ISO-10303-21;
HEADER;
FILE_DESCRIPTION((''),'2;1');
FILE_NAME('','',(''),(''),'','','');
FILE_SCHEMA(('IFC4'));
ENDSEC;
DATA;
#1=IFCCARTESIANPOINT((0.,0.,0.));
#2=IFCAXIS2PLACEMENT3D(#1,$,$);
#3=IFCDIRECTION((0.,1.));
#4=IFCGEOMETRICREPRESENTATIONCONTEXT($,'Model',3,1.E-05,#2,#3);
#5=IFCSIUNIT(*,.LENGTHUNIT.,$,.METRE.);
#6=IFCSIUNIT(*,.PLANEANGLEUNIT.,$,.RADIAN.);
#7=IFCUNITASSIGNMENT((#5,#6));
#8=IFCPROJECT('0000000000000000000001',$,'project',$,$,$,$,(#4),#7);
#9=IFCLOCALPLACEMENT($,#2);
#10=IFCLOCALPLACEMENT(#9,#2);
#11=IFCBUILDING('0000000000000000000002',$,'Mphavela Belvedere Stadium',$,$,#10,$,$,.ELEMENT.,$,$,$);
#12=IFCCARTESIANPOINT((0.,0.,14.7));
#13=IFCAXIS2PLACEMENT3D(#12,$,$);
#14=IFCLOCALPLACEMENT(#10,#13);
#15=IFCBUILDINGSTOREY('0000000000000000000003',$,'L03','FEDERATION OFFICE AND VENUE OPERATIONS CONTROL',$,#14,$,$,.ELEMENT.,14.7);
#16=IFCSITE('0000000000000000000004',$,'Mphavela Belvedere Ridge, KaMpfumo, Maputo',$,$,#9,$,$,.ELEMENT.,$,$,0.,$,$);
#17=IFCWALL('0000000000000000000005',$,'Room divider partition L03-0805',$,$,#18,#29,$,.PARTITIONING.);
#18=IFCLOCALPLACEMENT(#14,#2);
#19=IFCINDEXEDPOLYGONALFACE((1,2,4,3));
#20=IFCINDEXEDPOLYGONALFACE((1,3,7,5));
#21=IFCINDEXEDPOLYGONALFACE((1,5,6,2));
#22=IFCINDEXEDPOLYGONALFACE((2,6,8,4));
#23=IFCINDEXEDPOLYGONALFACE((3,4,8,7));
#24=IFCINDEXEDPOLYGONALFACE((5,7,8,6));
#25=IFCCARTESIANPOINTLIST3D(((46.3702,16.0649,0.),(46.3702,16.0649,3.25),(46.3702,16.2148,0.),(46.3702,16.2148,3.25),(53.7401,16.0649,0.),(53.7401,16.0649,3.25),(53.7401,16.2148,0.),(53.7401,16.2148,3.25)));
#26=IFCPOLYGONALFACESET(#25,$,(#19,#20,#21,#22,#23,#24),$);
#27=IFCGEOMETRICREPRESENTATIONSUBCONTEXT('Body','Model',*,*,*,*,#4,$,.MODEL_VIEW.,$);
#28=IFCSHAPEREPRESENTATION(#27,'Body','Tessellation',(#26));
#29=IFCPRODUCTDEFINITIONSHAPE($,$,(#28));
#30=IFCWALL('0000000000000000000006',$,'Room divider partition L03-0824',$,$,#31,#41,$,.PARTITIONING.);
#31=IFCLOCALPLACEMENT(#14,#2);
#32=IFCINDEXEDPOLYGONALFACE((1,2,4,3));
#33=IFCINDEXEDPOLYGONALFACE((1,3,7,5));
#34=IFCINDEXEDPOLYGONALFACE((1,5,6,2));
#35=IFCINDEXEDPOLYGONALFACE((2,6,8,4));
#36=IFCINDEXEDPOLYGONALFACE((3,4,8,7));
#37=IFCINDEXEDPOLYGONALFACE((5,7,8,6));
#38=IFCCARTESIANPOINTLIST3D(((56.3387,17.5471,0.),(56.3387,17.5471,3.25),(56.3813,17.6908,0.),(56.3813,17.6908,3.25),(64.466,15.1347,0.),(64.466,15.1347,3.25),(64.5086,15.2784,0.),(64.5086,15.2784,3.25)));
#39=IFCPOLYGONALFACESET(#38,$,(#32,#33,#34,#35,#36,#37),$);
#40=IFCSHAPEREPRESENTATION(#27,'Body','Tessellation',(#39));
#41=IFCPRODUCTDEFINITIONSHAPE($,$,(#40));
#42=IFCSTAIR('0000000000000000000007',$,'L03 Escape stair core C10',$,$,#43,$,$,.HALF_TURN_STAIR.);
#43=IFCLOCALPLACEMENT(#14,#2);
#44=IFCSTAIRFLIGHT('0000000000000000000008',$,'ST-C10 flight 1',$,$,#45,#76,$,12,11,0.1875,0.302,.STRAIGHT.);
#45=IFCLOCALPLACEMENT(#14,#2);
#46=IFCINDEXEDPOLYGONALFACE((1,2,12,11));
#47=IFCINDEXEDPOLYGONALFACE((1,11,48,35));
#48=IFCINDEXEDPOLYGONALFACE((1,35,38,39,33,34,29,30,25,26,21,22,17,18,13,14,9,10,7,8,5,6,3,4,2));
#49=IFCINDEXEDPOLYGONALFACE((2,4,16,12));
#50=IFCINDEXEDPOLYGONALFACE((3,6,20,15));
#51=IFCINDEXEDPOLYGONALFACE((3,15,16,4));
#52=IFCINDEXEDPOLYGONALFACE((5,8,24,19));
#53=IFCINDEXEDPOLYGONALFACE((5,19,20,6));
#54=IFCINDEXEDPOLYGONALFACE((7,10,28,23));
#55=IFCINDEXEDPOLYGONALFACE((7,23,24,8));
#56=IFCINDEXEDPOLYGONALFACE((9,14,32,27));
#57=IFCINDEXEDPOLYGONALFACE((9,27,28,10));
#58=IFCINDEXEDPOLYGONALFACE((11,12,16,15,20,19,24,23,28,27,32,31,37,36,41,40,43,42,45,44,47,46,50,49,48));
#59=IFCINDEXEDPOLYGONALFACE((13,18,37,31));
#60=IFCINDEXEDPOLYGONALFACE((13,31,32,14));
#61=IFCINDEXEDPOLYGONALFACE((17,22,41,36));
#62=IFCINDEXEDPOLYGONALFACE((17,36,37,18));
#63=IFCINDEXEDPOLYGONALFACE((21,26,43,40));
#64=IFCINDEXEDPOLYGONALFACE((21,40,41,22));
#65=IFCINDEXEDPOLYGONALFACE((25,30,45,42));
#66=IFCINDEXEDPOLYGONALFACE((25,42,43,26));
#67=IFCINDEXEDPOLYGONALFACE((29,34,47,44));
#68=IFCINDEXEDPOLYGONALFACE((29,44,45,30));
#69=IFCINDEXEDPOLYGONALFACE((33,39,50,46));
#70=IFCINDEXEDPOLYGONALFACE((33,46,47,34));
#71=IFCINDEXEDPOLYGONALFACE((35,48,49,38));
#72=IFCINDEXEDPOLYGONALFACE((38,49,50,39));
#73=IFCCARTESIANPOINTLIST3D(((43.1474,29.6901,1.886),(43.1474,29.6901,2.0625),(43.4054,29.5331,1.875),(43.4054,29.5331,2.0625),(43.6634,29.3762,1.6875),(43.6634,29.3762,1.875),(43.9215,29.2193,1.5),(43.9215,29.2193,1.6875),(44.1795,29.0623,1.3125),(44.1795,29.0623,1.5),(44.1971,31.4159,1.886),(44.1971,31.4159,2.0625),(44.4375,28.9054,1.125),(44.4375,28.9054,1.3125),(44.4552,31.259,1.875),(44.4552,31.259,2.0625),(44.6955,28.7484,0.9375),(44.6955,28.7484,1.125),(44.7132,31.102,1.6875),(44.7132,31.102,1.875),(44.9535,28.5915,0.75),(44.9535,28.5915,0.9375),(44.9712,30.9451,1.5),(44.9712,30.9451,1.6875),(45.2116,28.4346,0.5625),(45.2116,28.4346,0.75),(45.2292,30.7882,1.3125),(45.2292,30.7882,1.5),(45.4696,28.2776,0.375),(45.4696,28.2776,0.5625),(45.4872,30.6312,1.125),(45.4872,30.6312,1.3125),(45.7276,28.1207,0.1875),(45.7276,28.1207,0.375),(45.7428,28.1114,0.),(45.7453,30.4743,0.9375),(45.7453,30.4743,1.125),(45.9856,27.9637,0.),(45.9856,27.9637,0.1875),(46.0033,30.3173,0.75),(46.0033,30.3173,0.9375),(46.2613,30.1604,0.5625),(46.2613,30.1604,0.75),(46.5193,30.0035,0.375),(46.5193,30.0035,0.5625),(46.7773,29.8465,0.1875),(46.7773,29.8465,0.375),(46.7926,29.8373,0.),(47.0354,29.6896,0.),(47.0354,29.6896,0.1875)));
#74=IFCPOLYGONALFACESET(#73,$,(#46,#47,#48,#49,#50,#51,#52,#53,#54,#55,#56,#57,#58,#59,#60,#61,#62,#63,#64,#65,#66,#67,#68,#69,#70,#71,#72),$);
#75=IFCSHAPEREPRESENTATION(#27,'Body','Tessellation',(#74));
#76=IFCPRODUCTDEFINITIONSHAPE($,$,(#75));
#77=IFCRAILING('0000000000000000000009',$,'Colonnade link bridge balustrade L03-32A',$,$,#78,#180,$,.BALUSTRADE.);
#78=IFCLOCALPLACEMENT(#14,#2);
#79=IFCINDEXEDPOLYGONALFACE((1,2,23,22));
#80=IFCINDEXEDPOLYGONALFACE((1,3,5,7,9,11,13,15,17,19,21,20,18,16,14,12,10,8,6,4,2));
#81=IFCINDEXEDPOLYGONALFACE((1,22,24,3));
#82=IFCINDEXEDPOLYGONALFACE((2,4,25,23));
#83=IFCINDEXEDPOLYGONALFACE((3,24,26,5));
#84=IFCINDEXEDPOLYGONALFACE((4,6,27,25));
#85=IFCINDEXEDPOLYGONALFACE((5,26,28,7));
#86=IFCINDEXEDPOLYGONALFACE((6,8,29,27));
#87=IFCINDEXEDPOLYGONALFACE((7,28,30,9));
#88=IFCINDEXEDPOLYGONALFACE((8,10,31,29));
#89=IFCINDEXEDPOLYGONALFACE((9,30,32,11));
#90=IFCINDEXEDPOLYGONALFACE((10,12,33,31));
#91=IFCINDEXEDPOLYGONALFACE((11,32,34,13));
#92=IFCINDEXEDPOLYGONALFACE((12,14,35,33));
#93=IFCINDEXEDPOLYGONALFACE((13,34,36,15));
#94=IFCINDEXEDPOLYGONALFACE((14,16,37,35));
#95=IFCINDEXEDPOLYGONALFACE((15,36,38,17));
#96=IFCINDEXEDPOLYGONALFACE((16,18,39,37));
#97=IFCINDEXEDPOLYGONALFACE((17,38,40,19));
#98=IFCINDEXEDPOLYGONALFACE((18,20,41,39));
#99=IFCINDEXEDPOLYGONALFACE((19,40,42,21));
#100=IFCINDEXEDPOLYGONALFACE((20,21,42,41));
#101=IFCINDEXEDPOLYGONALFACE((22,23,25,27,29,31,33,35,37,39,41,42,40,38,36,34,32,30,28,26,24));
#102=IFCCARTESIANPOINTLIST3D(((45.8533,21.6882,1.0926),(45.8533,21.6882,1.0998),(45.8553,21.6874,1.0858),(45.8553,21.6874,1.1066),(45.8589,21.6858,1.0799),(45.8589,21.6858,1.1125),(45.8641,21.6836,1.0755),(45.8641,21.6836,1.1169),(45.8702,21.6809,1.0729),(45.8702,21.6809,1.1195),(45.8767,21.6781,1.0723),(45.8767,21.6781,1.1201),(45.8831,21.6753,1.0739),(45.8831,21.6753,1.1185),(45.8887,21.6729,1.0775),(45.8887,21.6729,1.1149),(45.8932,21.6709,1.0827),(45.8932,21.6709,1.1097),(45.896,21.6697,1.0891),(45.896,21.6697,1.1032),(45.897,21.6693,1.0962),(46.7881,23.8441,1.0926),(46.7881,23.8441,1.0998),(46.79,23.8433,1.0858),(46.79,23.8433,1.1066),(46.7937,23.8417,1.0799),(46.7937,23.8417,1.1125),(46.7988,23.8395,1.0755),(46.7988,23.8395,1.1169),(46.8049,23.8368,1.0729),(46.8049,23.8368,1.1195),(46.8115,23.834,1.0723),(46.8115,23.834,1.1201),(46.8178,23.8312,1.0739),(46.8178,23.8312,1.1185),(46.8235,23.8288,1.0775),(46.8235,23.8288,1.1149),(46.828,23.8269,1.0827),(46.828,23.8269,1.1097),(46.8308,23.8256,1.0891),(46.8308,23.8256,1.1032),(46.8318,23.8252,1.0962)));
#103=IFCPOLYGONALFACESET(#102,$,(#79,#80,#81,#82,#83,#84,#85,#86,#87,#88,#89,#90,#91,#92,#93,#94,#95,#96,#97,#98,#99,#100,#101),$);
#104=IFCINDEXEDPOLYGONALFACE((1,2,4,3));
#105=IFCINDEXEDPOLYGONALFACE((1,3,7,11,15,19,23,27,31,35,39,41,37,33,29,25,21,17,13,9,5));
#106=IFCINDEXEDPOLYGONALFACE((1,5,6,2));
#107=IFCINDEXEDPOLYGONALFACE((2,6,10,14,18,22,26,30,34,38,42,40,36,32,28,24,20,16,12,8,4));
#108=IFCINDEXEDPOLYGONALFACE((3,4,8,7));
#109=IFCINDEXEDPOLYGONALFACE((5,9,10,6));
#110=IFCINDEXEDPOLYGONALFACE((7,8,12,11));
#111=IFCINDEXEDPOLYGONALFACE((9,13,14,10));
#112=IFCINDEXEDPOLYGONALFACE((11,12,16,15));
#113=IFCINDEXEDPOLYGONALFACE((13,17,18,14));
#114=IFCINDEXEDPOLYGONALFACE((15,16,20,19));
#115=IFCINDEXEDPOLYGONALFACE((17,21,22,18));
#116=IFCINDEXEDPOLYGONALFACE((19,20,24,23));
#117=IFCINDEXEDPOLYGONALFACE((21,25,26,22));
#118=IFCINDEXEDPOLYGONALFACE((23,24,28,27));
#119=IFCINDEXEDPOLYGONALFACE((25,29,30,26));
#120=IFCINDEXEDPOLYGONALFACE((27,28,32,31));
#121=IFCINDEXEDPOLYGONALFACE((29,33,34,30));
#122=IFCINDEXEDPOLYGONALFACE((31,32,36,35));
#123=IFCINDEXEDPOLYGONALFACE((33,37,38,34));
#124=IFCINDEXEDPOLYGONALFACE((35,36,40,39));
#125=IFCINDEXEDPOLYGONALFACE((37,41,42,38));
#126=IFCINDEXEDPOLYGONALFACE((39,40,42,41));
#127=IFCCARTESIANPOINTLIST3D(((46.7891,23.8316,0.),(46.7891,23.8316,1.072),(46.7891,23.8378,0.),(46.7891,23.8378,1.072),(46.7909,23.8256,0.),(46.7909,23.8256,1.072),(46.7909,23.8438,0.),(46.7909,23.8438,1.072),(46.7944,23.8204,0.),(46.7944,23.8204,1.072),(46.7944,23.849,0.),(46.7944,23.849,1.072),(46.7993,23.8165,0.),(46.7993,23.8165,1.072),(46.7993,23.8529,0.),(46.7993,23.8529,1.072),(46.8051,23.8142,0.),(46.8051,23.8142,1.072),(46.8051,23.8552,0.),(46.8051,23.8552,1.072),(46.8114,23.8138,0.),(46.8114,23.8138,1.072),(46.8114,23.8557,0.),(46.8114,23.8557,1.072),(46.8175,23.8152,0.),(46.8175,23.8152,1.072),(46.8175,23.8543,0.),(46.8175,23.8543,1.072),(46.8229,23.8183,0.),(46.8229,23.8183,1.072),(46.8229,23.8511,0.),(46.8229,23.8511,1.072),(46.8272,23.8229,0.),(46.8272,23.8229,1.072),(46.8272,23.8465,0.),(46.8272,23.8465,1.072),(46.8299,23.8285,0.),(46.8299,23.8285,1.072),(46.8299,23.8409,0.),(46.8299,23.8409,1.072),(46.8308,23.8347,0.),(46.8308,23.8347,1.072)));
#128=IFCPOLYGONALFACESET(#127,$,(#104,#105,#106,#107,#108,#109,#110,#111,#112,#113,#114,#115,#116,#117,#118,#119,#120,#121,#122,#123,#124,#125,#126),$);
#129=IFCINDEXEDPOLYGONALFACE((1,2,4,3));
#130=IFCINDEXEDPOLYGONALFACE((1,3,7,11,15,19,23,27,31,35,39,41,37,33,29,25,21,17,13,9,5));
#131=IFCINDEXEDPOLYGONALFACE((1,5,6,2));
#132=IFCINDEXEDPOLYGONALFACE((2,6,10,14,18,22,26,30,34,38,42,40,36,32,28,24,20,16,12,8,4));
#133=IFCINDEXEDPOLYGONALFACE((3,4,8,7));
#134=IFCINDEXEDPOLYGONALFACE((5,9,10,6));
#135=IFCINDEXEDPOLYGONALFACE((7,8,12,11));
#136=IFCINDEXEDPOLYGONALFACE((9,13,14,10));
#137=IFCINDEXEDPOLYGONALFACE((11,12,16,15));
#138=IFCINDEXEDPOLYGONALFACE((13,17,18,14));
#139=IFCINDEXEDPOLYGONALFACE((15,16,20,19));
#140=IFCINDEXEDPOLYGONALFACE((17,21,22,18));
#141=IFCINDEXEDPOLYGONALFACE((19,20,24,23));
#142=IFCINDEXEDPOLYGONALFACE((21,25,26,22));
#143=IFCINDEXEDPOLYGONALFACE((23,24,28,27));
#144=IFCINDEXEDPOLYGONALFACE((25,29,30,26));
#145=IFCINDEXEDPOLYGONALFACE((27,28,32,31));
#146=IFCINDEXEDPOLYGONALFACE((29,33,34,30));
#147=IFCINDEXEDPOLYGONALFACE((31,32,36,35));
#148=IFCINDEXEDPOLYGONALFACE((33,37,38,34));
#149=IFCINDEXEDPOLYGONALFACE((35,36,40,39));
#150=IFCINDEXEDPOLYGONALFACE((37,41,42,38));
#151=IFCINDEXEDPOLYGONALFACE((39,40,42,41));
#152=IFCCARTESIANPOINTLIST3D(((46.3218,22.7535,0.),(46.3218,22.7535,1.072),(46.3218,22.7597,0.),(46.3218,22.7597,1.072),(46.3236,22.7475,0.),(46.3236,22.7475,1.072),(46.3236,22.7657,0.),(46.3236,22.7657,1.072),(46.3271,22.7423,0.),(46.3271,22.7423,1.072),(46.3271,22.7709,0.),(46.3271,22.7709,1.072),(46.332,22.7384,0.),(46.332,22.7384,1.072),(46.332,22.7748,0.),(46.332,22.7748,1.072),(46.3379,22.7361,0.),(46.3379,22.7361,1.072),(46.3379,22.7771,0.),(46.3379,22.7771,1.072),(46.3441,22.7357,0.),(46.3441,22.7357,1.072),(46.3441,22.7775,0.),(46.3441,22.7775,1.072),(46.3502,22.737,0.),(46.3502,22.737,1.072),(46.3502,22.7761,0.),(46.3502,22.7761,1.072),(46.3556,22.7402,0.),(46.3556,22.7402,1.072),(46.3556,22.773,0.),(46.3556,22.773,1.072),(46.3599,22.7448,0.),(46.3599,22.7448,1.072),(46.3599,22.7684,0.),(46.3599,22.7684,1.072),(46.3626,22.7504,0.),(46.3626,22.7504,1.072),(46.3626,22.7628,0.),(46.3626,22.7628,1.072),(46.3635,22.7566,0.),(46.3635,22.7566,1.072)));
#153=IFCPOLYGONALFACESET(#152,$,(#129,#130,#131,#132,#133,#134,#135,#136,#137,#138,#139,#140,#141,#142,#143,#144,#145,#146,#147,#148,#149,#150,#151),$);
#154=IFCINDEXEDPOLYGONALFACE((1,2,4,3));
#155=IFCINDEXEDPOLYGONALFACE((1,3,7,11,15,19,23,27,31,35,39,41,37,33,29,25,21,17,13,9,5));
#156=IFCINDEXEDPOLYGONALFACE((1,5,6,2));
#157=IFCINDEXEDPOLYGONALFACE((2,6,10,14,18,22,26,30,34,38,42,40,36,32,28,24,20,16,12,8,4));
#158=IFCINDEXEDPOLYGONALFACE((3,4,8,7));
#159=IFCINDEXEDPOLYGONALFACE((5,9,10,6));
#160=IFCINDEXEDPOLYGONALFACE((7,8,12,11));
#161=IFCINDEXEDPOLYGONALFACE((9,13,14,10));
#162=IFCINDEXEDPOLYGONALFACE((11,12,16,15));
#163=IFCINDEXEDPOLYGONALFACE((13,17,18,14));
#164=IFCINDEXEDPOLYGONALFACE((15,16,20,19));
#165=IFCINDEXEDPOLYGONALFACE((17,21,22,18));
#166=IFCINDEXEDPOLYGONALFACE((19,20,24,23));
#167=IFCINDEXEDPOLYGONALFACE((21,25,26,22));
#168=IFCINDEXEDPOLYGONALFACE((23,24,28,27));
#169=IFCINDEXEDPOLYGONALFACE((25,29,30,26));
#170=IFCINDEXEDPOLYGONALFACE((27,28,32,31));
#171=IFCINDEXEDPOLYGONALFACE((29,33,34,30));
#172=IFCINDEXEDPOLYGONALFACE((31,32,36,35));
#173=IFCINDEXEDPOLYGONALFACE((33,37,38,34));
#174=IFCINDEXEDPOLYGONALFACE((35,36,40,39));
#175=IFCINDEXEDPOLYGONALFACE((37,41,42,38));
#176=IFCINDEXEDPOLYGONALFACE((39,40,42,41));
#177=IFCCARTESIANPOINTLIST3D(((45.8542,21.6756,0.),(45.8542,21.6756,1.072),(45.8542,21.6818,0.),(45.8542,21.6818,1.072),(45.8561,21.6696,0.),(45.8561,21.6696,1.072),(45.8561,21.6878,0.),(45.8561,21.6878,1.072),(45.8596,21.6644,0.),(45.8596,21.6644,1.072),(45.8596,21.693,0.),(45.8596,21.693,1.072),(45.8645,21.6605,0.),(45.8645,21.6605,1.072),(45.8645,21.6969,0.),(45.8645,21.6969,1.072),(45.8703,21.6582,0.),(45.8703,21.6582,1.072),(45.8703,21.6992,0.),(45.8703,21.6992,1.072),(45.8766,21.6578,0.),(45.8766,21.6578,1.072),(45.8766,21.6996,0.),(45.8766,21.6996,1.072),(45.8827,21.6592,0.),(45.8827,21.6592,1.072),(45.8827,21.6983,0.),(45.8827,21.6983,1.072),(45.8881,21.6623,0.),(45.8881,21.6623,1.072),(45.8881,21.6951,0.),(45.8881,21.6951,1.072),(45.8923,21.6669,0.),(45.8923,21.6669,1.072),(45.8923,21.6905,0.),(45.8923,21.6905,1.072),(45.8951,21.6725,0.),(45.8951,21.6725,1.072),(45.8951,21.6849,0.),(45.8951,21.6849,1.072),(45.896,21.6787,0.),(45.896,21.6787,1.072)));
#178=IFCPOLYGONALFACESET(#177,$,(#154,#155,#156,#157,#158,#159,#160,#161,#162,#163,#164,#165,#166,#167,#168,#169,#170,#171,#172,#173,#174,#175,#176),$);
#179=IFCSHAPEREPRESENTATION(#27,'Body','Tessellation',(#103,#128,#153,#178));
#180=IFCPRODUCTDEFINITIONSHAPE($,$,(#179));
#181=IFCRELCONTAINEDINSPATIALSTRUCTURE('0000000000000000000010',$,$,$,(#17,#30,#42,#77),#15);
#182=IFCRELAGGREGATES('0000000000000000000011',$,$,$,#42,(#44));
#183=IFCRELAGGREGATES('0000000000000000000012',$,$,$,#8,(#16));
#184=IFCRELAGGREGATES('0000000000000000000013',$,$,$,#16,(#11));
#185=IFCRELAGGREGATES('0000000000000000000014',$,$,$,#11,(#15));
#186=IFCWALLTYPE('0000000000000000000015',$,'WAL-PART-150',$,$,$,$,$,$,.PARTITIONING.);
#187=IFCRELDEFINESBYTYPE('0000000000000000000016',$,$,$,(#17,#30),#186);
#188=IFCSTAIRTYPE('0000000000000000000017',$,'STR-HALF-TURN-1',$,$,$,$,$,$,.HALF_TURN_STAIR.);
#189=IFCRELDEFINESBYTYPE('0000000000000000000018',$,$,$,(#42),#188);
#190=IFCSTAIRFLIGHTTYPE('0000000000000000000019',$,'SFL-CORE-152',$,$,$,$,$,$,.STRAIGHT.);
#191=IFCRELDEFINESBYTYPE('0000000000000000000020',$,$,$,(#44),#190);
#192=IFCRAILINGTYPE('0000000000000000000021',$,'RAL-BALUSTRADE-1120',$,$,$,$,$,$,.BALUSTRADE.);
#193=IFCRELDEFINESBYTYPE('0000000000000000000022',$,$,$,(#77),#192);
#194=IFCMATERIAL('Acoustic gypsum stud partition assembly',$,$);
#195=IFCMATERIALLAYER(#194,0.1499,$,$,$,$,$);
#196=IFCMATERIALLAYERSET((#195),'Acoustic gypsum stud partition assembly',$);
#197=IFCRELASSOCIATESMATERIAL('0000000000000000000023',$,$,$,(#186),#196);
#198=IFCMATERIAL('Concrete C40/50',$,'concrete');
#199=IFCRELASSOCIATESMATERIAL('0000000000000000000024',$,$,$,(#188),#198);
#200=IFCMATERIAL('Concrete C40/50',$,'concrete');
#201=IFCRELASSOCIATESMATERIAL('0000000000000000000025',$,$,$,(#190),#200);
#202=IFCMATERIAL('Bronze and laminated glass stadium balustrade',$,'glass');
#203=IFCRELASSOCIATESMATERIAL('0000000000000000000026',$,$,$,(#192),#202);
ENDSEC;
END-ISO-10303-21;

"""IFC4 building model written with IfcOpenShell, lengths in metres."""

from ifc_helpers import new_model, si_unit, direction, frame, frame_2d, origin, origin_2d, place, context, subcontext, project, spatial, polyline, rectangle, circle, outline, extrude, material, layer, layer_set, type_object, element, aggregate, save


model = new_model("IFC4")

# Units and contexts
model_context = context("Model", 3, precision=1e-05, world=origin(), true_north=direction((0.0, 1.0)))
body_context = subcontext(model_context, "Body", "Model", "MODEL_VIEW")
ifc_project = project(units=[si_unit("LENGTHUNIT", "METRE"), si_unit("PLANEANGLEUNIT", "RADIAN")], contexts=[model_context])

# Site, building, storey
site_placement = place(None, origin())
site = spatial("IfcSite", under=ifc_project, at=site_placement, Name="Mphavela Belvedere Ridge, KaMpfumo, Maputo", CompositionType="ELEMENT", RefElevation=0.0)
building_placement = place(site_placement, origin())
building = spatial("IfcBuilding", under=site, at=building_placement, Name="Mphavela Belvedere Stadium", CompositionType="ELEMENT")
storey_placement = place(building_placement, frame((0.0, 0.0, 14.7)))
storey = spatial("IfcBuildingStorey", under=building, at=storey_placement, Name="L03", Description="FEDERATION OFFICE AND VENUE OPERATIONS CONTROL", CompositionType="ELEMENT", Elevation=14.7)

# Walls
ifc_material_1 = material(Name="Acoustic gypsum stud partition assembly")
ifc_layer_1 = layer(ifc_material_1, 0.1499)
ifc_layer_set_1 = layer_set([ifc_layer_1], Name="Acoustic gypsum stud partition assembly")
wall_type_1 = type_object("IfcWallType", Name="WAL-PART-150", PredefinedType="PARTITIONING", material=ifc_layer_set_1)
wall_1_placement = place(storey_placement, frame((46.3701, 16.1399, 0.0), z_axis=(0.0, 0.0, 1.0), x_axis=(1.0, 0.0, 0.0)))
element("IfcWall", 1, at=wall_1_placement, inside=storey, type_object=wall_type_1, Name="Room divider partition L03-0805", PredefinedType="PARTITIONING", context=body_context, shape_type="SweptSolid", body=[
    extrude(rectangle(XDim=7.3699, YDim=0.1499, at=frame_2d((3.6851, 0.0))), origin(), (0.0, 0.0, 1.0), 3.25),
])
wall_2_placement = place(storey_placement, frame((56.3601, 17.6189, 0.0), z_axis=(0.0, 0.0, 1.0), x_axis=(0.95866, -0.284554, 0.0)))
element("IfcWall", 2, at=wall_2_placement, inside=storey, type_object=wall_type_1, Name="Room divider partition L03-0824", PredefinedType="PARTITIONING", context=body_context, shape_type="SweptSolid", body=[
    extrude(rectangle(XDim=8.4778, YDim=0.1499, at=frame_2d((4.2388, 0.0))), origin(), (0.0, 0.0, 1.0), 3.25),
])

# Stair, stair flight
ifc_material_2 = material(Name="Concrete C40/50", Category="concrete")
stair_type = type_object("IfcStairType", Name="STR-HALF-TURN-1", PredefinedType="HALF_TURN_STAIR", material=ifc_material_2)
stair_placement = place(storey_placement, origin())
stair = element("IfcStair", 3, at=stair_placement, inside=storey, type_object=stair_type, Name="L03 Escape stair core C10", PredefinedType="HALF_TURN_STAIR")
ifc_material_3 = material(Name="Concrete C40/50", Category="concrete")
stair_flight_type = type_object("IfcStairFlightType", Name="SFL-CORE-152", PredefinedType="STRAIGHT", material=ifc_material_3)
stair_flight_placement = place(storey_placement, frame((46.5105, 28.8267, 0.0), z_axis=(0.0, 0.0, 1.0), x_axis=(-0.854368, 0.519668, 0.0)))
stair_flight = element("IfcStairFlight", 4, at=stair_flight_placement, type_object=stair_flight_type, Name="ST-C10 flight 1", NumberOfRisers=12, NumberOfTreads=11, PredefinedType="STRAIGHT", RiserHeight=0.1875, TreadLength=0.302, context=body_context, shape_type="SweptSolid", body=[
    extrude(outline(polyline([(0.0, 0.0), (0.0, 0.1875), (0.302, 0.1875), (0.302, 0.375), (0.604, 0.375), (0.604, 0.5625), (0.906, 0.5625), (0.906, 0.75), (1.208, 0.75), (1.208, 0.9375), (1.51, 0.9375), (1.51, 1.125), (1.812, 1.125), (1.812, 1.3125), (2.114, 1.3125), (2.114, 1.5), (2.416, 1.5), (2.416, 1.6875), (2.718, 1.6875), (2.718, 1.875), (3.02, 1.875), (3.02, 2.0625), (3.322, 2.0625), (3.322, 2.25), (3.322, 1.886), (0.2842, 0.0), (0.0, 0.0)])), frame((0.0, 1.01, 0.0), z_axis=(0.0, -1.0, 0.0), x_axis=(1.0, 0.0, 0.0)), (0.0, 0.0, 1.0), 2.02),
])
aggregate(stair, [stair_flight])

# Railing
ifc_material_4 = material(Name="Bronze and laminated glass stadium balustrade", Category="glass")
railing_type_1 = type_object("IfcRailingType", Name="RAL-BALUSTRADE-1120", PredefinedType="BALUSTRADE", material=ifc_material_4)
railing_1_placement = place(storey_placement, frame((46.8098, 23.8347, 0.0)))
element("IfcRailing", 5, at=railing_1_placement, inside=storey, type_object=railing_type_1, Name="Colonnade link bridge balustrade L03-32A", PredefinedType="BALUSTRADE", context=body_context, shape_type="SweptSolid", body=[
    extrude(circle(Radius=0.0239, at=origin_2d()), frame((0.0, 0.0, 1.0962), z_axis=(-0.397803, -0.917471, 0.0), x_axis=(0.917471, -0.397803, 0.0)), (0.0, 0.0, 1.0), 2.3499),
    extrude(circle(Radius=0.021, at=origin_2d()), origin(), (0.0, 0.0, 1.0), 1.072),
    extrude(circle(Radius=0.021, at=origin_2d()), frame((-0.4673, -1.0781, 0.0)), (0.0, 0.0, 1.0), 1.072),
    extrude(circle(Radius=0.021, at=origin_2d()), frame((-0.9348, -2.156, 0.0)), (0.0, 0.0, 1.0), 1.072),
])

save(model, "model.ifc")
